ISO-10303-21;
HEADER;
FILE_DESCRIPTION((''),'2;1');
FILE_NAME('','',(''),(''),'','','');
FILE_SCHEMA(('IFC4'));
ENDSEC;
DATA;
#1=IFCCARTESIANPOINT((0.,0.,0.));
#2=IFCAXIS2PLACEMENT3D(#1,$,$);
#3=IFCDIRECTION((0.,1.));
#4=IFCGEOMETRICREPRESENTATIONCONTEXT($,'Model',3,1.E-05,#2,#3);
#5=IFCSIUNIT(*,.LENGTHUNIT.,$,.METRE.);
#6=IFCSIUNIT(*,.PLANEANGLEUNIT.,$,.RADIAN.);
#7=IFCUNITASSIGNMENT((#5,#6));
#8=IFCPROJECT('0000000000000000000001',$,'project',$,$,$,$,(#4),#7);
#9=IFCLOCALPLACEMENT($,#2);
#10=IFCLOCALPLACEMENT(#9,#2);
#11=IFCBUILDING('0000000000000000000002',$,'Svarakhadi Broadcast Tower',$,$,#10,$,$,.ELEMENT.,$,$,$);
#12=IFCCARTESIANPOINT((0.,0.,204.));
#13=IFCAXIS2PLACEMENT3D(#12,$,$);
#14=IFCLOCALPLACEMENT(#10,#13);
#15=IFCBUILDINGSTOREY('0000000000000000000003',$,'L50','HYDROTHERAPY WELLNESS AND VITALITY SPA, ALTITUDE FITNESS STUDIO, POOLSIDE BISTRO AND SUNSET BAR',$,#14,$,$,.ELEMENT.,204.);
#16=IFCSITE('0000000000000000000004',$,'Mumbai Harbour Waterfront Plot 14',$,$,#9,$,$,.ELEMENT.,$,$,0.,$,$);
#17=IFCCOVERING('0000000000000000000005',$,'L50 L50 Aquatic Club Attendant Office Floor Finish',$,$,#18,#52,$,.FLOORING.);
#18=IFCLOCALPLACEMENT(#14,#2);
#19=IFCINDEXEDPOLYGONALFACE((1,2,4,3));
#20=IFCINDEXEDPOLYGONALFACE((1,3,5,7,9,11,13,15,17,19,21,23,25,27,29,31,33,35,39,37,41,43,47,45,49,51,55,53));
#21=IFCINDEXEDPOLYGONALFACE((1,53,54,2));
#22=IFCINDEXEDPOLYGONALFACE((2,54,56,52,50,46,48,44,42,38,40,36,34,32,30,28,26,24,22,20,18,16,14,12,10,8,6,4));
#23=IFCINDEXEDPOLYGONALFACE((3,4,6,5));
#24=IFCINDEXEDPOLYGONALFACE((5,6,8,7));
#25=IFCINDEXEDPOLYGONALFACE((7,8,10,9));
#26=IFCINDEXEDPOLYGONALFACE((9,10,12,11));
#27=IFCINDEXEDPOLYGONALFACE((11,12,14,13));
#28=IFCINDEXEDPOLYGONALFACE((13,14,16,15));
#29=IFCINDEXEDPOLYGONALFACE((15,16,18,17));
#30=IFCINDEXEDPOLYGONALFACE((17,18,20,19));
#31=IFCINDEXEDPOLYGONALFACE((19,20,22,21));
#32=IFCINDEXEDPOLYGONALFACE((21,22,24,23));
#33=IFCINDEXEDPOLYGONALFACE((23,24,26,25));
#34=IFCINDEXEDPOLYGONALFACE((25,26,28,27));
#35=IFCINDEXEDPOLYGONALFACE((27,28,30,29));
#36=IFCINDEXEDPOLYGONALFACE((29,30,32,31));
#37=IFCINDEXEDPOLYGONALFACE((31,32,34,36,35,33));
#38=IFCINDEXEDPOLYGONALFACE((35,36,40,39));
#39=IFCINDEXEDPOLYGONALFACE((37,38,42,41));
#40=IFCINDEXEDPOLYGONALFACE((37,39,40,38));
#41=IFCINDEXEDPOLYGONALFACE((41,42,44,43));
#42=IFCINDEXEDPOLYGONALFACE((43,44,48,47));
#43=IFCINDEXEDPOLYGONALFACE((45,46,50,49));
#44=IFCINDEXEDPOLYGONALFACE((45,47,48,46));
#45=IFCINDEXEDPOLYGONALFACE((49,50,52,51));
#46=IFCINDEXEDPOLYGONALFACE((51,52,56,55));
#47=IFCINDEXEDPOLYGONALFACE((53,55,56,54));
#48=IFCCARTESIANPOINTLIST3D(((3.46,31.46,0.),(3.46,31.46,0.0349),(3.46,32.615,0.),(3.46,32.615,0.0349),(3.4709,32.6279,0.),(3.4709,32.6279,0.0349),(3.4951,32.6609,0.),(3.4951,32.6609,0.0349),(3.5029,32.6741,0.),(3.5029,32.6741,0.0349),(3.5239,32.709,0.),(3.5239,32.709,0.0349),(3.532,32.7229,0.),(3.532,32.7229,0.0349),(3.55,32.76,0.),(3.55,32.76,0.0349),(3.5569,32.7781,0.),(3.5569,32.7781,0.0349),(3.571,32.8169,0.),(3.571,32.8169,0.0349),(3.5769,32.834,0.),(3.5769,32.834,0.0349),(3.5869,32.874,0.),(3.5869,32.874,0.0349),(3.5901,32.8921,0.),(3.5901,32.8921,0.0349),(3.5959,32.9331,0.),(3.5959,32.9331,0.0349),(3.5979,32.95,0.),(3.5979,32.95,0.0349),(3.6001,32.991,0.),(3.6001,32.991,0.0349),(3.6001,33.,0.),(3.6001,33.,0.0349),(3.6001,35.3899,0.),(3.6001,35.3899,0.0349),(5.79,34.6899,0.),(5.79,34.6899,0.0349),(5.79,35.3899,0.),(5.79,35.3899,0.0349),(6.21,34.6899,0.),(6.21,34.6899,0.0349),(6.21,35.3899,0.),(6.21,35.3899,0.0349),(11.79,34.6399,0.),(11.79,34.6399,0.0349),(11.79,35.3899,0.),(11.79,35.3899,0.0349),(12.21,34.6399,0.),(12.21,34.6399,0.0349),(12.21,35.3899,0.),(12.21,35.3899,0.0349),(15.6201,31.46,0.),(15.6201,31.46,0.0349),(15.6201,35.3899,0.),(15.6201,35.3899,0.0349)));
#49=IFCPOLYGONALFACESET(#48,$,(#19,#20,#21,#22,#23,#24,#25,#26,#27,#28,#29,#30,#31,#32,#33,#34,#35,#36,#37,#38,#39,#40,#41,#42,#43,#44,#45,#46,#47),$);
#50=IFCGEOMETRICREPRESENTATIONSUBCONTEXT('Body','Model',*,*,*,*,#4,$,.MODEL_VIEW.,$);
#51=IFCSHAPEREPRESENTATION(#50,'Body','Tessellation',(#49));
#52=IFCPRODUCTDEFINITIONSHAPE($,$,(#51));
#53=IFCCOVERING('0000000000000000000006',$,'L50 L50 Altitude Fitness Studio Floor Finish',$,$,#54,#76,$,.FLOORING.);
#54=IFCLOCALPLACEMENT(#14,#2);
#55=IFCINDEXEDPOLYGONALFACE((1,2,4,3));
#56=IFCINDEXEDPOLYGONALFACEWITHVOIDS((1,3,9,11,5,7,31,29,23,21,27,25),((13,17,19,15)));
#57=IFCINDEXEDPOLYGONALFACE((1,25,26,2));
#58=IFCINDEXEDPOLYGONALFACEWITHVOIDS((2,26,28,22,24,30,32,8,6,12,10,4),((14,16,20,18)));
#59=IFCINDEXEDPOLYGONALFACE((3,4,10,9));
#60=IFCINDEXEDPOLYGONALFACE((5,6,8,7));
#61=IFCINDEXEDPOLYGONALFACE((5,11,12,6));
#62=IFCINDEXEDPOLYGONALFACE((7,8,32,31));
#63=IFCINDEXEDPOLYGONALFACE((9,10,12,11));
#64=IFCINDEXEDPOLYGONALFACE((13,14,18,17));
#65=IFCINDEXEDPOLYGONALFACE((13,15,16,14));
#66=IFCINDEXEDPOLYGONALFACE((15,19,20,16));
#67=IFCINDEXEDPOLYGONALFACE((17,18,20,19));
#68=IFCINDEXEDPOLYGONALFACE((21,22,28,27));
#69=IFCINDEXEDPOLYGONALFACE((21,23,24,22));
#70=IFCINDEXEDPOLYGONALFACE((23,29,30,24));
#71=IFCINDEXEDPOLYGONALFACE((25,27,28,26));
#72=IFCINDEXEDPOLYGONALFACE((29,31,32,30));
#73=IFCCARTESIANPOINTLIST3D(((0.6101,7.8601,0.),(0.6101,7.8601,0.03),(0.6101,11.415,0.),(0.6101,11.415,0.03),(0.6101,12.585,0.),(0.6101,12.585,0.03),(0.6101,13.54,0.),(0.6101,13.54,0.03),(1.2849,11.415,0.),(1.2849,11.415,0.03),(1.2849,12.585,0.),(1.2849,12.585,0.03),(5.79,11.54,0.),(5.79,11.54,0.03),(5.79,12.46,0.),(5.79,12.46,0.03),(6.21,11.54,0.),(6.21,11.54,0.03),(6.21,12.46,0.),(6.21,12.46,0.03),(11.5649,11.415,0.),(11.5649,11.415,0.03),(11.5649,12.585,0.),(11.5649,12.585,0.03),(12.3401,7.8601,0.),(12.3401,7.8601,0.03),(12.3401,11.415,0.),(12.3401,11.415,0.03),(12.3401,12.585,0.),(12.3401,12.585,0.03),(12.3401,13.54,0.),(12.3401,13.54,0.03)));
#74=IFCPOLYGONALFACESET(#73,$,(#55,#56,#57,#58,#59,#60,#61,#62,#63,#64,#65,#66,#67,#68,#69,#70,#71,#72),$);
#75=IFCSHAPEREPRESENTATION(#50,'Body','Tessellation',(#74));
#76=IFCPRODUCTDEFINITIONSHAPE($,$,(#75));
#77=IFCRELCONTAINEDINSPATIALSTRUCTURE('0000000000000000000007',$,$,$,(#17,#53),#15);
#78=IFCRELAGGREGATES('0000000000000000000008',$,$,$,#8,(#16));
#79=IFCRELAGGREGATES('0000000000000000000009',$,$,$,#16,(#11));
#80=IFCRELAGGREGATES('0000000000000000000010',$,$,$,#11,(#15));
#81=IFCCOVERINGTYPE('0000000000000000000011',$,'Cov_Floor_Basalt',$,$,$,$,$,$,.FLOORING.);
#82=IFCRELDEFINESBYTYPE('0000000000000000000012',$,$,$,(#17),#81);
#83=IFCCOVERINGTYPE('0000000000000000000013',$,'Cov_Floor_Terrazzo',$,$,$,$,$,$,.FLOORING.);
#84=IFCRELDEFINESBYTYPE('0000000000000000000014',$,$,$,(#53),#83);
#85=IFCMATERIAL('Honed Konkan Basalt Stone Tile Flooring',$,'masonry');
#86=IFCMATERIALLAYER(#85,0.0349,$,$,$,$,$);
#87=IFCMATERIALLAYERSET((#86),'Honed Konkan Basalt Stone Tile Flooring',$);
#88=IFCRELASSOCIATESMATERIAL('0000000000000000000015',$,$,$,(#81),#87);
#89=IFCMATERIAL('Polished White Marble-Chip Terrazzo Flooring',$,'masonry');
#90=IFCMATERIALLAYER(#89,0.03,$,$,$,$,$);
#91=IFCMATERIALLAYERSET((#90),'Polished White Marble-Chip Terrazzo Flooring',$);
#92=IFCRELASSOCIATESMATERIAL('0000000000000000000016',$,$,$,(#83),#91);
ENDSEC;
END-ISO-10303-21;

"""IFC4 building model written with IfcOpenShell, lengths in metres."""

from ifc_helpers import new_model, si_unit, direction, frame, origin, place, context, subcontext, project, spatial, polyline, outline, extrude, material, layer, layer_set, type_object, element, save


model = new_model("IFC4")

# Units and contexts
model_context = context("Model", 3, precision=1e-05, world=origin(), true_north=direction((0.0, 1.0)))
body_context = subcontext(model_context, "Body", "Model", "MODEL_VIEW")
ifc_project = project(units=[si_unit("LENGTHUNIT", "METRE"), si_unit("PLANEANGLEUNIT", "RADIAN")], contexts=[model_context])

# Site, building, storey
site_placement = place(None, origin())
site = spatial("IfcSite", under=ifc_project, at=site_placement, Name="Mumbai Harbour Waterfront Plot 14", CompositionType="ELEMENT", RefElevation=0.0)
building_placement = place(site_placement, origin())
building = spatial("IfcBuilding", under=site, at=building_placement, Name="Svarakhadi Broadcast Tower", CompositionType="ELEMENT")
storey_placement = place(building_placement, frame((0.0, 0.0, 204.0)))
storey = spatial("IfcBuildingStorey", under=building, at=storey_placement, Name="L50", Description="HYDROTHERAPY WELLNESS AND VITALITY SPA, ALTITUDE FITNESS STUDIO, POOLSIDE BISTRO AND SUNSET BAR", CompositionType="ELEMENT", Elevation=204.0)

# Coverings
ifc_material_1 = material(Name="Honed Konkan Basalt Stone Tile Flooring", Category="masonry")
ifc_layer_1 = layer(ifc_material_1, 0.0349)
ifc_layer_set_1 = layer_set([ifc_layer_1], Name="Honed Konkan Basalt Stone Tile Flooring")
covering_type_1 = type_object("IfcCoveringType", Name="Cov_Floor_Basalt", PredefinedType="FLOORING", material=ifc_layer_set_1)
covering_1_placement = place(storey_placement, origin())
element("IfcCovering", 1, at=covering_1_placement, inside=storey, type_object=covering_type_1, Name="L50 L50 Aquatic Club Attendant Office Floor Finish", PredefinedType="FLOORING", context=body_context, shape_type="SweptSolid", body=[
    extrude(outline(polyline([(3.4709, 32.6279), (3.4951, 32.6609), (3.5029, 32.6741), (3.5239, 32.709), (3.532, 32.7229), (3.55, 32.76), (3.5569, 32.7781), (3.571, 32.8169), (3.5769, 32.834), (3.5869, 32.874), (3.5901, 32.8921), (3.5959, 32.9331), (3.5979, 32.95), (3.6001, 32.991), (3.6001, 33.0), (3.6001, 35.3899), (5.79, 35.3899), (5.79, 34.6899), (6.21, 34.6899), (6.21, 35.3899), (11.79, 35.3899), (11.79, 34.6399), (12.21, 34.6399), (12.21, 35.3899), (15.6201, 35.3899), (15.6201, 31.46), (3.46, 31.46), (3.46, 32.615), (3.4709, 32.6279)])), origin(), (0.0, 0.0, 1.0), 0.0349),
])
ifc_material_2 = material(Name="Polished White Marble-Chip Terrazzo Flooring", Category="masonry")
ifc_layer_2 = layer(ifc_material_2, 0.03)
ifc_layer_set_2 = layer_set([ifc_layer_2], Name="Polished White Marble-Chip Terrazzo Flooring")
covering_type_2 = type_object("IfcCoveringType", Name="Cov_Floor_Terrazzo", PredefinedType="FLOORING", material=ifc_layer_set_2)
covering_2_placement = place(storey_placement, origin())
element("IfcCovering", 2, at=covering_2_placement, inside=storey, type_object=covering_type_2, Name="L50 L50 Altitude Fitness Studio Floor Finish", PredefinedType="FLOORING", context=body_context, shape_type="SweptSolid", body=[
    extrude(outline(polyline([(12.3401, 13.54), (12.3401, 12.585), (11.5649, 12.585), (11.5649, 11.415), (12.3401, 11.415), (12.3401, 7.8601), (0.6101, 7.8601), (0.6101, 11.415), (1.2849, 11.415), (1.2849, 12.585), (0.6101, 12.585), (0.6101, 13.54), (12.3401, 13.54)]), holes=[polyline([(6.21, 11.54), (6.21, 12.46), (5.79, 12.46), (5.79, 11.54), (6.21, 11.54)])]), origin(), (0.0, 0.0, 1.0), 0.03),
])

save(model, "model.ifc")
